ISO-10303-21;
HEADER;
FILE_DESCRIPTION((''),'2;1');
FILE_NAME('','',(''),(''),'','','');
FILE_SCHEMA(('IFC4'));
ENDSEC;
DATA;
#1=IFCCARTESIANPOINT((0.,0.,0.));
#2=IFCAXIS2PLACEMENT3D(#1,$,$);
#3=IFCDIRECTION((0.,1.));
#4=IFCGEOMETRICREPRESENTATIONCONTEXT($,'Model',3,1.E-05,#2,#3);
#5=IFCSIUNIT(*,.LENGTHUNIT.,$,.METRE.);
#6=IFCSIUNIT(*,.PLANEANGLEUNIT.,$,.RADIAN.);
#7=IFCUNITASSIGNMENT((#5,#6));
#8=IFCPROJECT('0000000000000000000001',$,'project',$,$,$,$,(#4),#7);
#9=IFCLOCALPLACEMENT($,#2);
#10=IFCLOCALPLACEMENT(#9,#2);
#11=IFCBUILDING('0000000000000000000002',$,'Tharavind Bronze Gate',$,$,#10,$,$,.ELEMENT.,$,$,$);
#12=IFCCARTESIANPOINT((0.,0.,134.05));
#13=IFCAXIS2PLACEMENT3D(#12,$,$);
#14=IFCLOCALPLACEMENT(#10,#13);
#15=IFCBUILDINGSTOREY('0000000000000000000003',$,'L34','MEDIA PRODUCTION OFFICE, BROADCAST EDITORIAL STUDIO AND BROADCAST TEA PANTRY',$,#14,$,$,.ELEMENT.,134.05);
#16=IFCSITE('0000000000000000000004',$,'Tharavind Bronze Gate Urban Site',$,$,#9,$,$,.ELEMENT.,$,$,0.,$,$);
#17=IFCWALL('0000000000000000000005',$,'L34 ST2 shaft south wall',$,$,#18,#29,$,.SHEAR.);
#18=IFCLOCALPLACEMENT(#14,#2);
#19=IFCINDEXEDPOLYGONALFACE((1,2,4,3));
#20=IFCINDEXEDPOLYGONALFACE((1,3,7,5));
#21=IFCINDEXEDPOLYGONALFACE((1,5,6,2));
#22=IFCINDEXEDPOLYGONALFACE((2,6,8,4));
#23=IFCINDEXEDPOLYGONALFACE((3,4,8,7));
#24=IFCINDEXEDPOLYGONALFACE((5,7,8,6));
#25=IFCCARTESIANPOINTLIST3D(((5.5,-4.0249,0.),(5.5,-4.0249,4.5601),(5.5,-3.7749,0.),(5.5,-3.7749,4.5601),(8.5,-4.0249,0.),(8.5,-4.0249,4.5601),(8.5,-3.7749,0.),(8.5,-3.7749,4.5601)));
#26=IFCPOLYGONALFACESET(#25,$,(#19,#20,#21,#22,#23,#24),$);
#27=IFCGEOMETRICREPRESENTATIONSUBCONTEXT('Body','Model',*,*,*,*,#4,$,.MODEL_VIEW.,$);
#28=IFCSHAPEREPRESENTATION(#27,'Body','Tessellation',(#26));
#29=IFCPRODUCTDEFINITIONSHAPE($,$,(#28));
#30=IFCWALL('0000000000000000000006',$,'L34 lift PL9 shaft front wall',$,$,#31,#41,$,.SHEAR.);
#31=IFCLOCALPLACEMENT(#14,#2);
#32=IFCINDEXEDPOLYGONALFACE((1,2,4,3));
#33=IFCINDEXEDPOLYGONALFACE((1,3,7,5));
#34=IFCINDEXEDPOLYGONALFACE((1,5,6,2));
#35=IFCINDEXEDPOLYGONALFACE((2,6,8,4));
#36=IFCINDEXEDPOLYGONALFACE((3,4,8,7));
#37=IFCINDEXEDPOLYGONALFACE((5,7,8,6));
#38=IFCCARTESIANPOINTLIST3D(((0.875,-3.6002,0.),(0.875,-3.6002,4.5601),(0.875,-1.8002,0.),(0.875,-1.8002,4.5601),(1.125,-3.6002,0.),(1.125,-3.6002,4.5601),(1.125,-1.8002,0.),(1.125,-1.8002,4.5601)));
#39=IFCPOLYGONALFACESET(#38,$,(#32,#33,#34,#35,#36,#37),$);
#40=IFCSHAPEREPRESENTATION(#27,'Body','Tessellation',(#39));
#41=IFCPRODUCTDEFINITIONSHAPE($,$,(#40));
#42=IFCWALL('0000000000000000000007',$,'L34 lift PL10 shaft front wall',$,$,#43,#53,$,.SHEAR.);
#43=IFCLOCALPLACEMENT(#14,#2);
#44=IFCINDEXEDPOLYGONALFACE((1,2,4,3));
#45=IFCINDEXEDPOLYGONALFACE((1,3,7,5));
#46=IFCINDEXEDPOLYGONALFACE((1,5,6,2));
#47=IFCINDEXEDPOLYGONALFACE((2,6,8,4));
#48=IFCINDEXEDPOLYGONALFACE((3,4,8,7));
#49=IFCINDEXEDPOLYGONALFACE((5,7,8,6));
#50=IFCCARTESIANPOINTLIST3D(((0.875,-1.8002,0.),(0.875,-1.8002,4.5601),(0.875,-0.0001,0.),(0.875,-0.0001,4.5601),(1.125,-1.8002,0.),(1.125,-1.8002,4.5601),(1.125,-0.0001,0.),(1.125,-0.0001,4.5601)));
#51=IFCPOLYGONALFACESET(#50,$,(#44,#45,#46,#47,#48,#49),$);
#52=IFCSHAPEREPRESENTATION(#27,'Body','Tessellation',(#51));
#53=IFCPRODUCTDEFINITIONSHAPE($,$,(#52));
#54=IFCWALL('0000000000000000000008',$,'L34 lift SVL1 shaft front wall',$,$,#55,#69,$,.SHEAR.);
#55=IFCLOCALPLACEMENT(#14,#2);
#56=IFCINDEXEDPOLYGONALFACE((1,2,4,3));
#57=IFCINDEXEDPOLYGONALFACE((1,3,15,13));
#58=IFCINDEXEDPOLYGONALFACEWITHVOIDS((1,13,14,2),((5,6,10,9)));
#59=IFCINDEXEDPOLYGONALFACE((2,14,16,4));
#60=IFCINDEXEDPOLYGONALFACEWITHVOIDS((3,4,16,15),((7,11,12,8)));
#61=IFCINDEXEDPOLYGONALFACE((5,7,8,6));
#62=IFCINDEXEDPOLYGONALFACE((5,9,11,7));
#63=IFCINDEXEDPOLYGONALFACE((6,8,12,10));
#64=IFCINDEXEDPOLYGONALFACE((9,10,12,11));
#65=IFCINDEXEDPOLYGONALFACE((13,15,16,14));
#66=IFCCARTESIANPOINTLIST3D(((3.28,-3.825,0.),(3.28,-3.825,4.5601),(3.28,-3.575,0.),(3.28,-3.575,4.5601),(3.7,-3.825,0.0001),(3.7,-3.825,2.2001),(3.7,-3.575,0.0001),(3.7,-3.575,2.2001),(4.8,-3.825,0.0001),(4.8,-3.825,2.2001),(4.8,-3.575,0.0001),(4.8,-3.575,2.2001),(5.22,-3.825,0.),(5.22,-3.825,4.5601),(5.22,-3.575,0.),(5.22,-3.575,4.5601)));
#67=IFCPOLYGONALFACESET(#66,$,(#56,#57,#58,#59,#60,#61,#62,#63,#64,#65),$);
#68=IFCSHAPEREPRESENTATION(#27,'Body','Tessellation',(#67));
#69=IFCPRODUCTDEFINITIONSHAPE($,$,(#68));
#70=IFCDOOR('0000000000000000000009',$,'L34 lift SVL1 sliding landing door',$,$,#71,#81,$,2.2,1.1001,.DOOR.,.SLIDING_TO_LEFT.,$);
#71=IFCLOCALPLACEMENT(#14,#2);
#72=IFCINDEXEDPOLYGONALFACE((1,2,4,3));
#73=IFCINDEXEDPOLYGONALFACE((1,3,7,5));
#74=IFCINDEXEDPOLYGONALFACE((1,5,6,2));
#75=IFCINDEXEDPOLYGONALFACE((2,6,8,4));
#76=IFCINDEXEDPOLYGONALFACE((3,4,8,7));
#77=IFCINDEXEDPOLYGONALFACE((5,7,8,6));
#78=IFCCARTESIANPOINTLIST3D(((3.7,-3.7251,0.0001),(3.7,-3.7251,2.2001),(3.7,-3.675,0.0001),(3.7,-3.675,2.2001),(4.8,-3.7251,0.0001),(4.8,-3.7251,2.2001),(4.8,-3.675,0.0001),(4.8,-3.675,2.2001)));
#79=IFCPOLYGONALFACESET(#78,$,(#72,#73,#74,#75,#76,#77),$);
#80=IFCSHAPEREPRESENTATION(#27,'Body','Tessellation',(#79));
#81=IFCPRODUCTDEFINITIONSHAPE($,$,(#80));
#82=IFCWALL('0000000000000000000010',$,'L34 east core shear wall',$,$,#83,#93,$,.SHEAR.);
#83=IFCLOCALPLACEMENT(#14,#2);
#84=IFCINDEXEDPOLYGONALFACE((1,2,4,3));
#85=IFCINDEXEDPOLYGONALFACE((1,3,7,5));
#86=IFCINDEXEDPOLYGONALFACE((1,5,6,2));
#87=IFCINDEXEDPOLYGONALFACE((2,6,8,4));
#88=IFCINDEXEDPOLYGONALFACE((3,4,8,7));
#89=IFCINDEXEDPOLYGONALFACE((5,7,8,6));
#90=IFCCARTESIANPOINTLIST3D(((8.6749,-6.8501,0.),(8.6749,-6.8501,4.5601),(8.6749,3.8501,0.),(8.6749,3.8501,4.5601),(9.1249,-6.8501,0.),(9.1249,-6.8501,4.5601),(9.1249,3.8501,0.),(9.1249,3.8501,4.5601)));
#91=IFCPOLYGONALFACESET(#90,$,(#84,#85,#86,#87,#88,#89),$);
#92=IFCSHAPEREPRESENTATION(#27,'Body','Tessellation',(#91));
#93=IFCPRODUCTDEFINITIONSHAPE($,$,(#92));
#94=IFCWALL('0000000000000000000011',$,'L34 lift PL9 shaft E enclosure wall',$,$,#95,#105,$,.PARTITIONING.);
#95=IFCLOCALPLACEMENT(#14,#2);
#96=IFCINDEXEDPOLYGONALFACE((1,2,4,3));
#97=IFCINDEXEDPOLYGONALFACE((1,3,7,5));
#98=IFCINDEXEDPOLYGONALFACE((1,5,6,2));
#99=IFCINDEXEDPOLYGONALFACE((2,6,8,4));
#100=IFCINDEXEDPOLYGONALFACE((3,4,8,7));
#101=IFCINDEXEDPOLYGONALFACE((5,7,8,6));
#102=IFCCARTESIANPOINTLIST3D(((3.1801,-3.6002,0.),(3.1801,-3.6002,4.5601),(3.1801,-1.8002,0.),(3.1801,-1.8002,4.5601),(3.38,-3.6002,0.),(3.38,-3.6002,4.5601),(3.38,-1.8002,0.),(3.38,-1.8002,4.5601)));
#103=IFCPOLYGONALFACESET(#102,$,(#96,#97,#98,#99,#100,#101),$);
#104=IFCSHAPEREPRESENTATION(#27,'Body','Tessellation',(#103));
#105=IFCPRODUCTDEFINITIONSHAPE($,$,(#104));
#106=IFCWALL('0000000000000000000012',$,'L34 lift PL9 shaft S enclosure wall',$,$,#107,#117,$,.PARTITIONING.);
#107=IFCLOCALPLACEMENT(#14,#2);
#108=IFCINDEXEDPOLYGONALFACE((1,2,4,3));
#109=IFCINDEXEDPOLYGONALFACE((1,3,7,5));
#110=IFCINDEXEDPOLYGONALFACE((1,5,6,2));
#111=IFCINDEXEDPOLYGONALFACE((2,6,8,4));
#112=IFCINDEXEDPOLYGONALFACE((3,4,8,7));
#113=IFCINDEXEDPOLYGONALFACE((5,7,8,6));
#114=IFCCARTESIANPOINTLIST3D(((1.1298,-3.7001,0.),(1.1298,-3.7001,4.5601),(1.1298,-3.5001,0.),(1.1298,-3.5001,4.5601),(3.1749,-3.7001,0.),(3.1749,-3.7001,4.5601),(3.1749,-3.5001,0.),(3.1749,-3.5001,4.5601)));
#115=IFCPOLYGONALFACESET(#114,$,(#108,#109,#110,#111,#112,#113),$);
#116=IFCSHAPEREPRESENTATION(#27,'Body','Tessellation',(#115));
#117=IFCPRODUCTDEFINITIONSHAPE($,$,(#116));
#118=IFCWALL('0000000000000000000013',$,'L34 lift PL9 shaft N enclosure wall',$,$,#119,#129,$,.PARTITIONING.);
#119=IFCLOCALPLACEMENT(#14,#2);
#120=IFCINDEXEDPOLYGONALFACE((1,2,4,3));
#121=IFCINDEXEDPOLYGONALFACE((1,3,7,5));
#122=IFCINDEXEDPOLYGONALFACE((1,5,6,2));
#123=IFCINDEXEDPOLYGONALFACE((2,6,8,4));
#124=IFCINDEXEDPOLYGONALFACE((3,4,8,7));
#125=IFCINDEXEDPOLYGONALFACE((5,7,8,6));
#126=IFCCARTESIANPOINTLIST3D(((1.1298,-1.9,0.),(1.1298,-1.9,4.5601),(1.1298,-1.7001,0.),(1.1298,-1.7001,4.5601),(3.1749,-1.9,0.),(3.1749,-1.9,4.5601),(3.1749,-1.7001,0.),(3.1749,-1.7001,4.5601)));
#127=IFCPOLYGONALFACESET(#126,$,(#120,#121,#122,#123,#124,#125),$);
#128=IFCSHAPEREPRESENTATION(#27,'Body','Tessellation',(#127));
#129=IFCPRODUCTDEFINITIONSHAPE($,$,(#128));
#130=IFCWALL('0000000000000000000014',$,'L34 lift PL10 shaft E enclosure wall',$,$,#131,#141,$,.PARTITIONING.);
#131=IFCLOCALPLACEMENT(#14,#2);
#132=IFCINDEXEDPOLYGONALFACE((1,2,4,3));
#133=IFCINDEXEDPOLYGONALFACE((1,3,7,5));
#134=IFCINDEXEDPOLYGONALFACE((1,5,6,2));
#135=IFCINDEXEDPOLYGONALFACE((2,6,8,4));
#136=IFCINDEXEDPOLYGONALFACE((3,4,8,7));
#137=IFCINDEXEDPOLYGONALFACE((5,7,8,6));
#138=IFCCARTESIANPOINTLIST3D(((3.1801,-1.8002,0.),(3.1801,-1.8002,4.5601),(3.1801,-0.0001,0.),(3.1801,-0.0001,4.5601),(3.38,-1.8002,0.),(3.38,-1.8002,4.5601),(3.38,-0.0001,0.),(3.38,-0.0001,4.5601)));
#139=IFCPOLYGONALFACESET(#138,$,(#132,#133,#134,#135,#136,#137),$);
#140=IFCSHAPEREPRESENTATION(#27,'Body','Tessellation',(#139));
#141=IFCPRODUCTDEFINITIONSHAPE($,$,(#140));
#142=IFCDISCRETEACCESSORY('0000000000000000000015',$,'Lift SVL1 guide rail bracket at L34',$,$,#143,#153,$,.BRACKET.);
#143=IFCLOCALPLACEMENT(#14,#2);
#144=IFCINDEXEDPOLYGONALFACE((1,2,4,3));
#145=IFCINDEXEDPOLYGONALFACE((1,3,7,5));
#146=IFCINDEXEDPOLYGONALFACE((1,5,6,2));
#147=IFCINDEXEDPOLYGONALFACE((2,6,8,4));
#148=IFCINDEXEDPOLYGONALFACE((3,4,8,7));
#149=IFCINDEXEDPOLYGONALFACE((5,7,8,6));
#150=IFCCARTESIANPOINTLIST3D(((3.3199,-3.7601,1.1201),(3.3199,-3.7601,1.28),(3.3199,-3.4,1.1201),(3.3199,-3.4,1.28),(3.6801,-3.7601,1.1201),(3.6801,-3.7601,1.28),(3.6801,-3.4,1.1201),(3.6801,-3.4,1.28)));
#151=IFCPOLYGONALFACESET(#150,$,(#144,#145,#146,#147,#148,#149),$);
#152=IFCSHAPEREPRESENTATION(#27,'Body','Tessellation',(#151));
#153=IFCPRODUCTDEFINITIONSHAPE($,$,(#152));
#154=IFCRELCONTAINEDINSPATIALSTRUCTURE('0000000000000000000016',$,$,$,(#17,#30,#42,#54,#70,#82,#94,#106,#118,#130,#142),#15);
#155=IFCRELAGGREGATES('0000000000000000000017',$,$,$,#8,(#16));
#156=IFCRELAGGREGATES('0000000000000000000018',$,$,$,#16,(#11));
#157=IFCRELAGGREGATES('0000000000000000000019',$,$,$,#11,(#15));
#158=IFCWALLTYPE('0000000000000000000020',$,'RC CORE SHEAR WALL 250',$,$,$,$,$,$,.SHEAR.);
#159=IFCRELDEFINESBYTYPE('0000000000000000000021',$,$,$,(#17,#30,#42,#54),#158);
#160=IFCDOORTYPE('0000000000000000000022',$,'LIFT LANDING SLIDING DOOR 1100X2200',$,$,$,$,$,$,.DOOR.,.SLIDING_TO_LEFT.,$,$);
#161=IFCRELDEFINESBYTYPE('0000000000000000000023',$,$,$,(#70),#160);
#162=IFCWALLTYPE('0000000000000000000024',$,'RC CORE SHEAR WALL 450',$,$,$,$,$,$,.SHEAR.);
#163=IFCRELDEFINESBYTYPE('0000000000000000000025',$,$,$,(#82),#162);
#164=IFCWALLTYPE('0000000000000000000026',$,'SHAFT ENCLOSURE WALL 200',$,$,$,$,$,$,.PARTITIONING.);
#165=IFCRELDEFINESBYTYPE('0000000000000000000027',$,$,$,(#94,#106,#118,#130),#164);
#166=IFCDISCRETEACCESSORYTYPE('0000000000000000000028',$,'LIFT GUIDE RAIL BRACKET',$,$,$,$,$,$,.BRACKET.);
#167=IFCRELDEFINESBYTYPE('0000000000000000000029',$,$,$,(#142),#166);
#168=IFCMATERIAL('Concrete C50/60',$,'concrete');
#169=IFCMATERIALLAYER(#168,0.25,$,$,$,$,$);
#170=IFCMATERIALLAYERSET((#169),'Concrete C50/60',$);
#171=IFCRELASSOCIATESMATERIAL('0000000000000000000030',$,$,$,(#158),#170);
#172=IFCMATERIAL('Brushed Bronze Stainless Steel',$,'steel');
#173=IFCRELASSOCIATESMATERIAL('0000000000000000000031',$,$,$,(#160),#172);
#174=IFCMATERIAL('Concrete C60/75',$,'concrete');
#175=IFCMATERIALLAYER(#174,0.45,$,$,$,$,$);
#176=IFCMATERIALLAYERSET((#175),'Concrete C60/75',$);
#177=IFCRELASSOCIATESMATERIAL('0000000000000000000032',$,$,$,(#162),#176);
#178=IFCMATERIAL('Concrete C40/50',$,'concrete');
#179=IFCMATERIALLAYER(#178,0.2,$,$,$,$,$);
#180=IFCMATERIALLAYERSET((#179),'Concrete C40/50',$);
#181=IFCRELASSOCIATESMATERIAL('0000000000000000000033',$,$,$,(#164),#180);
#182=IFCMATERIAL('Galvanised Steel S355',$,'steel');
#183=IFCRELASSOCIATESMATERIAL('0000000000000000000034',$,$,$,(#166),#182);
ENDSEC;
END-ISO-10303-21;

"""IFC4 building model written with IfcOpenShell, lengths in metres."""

from ifc_helpers import new_model, si_unit, direction, frame, frame_2d, origin, origin_2d, place, context, subcontext, project, spatial, rectangle, extrude, material, layer, layer_set, type_object, element, fill, save


model = new_model("IFC4")

# Units and contexts
model_context = context("Model", 3, precision=1e-05, world=origin(), true_north=direction((0.0, 1.0)))
body_context = subcontext(model_context, "Body", "Model", "MODEL_VIEW")
ifc_project = project(units=[si_unit("LENGTHUNIT", "METRE"), si_unit("PLANEANGLEUNIT", "RADIAN")], contexts=[model_context])

# Site, building, storey
site_placement = place(None, origin())
site = spatial("IfcSite", under=ifc_project, at=site_placement, Name="Tharavind Bronze Gate Urban Site", CompositionType="ELEMENT", RefElevation=0.0)
building_placement = place(site_placement, origin())
building = spatial("IfcBuilding", under=site, at=building_placement, Name="Tharavind Bronze Gate", CompositionType="ELEMENT")
storey_placement = place(building_placement, frame((0.0, 0.0, 134.05)))
storey = spatial("IfcBuildingStorey", under=building, at=storey_placement, Name="L34", Description="MEDIA PRODUCTION OFFICE, BROADCAST EDITORIAL STUDIO AND BROADCAST TEA PANTRY", CompositionType="ELEMENT", Elevation=134.05)

# Shared definitions
ifc_material_1 = material(Name="Concrete C60/75", Category="concrete")

# Walls
ifc_material_2 = material(Name="Concrete C50/60", Category="concrete")
ifc_layer_1 = layer(ifc_material_2, 0.25)
ifc_layer_set_1 = layer_set([ifc_layer_1], Name="Concrete C50/60")
wall_type_1 = type_object("IfcWallType", Name="RC CORE SHEAR WALL 250", PredefinedType="SHEAR", material=ifc_layer_set_1)
wall_1_placement = place(storey_placement, frame((5.5, -3.8999, 0.0), z_axis=(0.0, 0.0, 1.0), x_axis=(1.0, 0.0, 0.0)))
element("IfcWall", 1, at=wall_1_placement, inside=storey, type_object=wall_type_1, Name="L34 ST2 shaft south wall", PredefinedType="SHEAR", context=body_context, shape_type="SweptSolid", body=[
    extrude(rectangle(XDim=3.0, YDim=0.25, at=frame_2d((1.5, 0.0))), origin(), (0.0, 0.0, 1.0), 4.5601),
])
for number, where, z_axis, x_axis, name in (
    (2, (1.0, -3.6001, 0.0), (0.0, 0.0, 1.0), (0.0, 1.0, 0.0), "L34 lift PL9 shaft front wall"),
    (3, (1.0, -1.8, 0.0), (0.0, 0.0, 1.0), (0.0, 1.0, 0.0), "L34 lift PL10 shaft front wall"),
):
    element("IfcWall", number, at=place(storey_placement, frame(where, z_axis=z_axis, x_axis=x_axis)), inside=storey, type_object=wall_type_1, Name=name, PredefinedType="SHEAR", context=body_context, shape_type="SweptSolid", body=[
        extrude(rectangle(XDim=1.8, YDim=0.25, at=frame_2d((0.8999, 0.0))), origin(), (0.0, 0.0, 1.0), 4.5601),
    ])

# Wall, opening, door
wall_2_placement = place(storey_placement, frame((3.28, -3.7, 0.0), z_axis=(0.0, 0.0, 1.0), x_axis=(1.0, 0.0, 0.0)))
wall_2 = element("IfcWall", 4, at=wall_2_placement, inside=storey, type_object=wall_type_1, Name="L34 lift SVL1 shaft front wall", PredefinedType="SHEAR", context=body_context, shape_type="SweptSolid", body=[
    extrude(rectangle(XDim=1.9399, YDim=0.25, at=frame_2d((0.97, 0.0))), origin(), (0.0, 0.0, 1.0), 4.5601),
])
opening_1_placement = place(wall_2_placement, frame((0.4199, 0.0, 0.0)))
opening_1 = element("IfcOpeningElement", 5, at=opening_1_placement, cuts=wall_2, PredefinedType="OPENING", context=body_context, shape_type="SweptSolid", body=[
    extrude(rectangle(XDim=1.1001, YDim=2.2, at=frame_2d((0.55, 1.1001))), frame((0.0, 0.135, 0.0), z_axis=(0.0, -1.0, 0.0), x_axis=(1.0, 0.0, 0.0)), (0.0, 0.0, 1.0), 0.27),
])
ifc_material_3 = material(Name="Brushed Bronze Stainless Steel", Category="steel")
door_type_1 = type_object("IfcDoorType", Name="LIFT LANDING SLIDING DOOR 1100X2200", OperationType="SLIDING_TO_LEFT", PredefinedType="DOOR", material=ifc_material_3)
door_1_placement = place(opening_1_placement, origin())
door_1 = element("IfcDoor", 6, at=door_1_placement, inside=storey, type_object=door_type_1, Name="L34 lift SVL1 sliding landing door", OperationType="SLIDING_TO_LEFT", OverallHeight=2.2, OverallWidth=1.1001, PredefinedType="DOOR", context=body_context, shape_type="SweptSolid", body=[
    extrude(rectangle(XDim=1.1001, YDim=2.2, at=frame_2d((0.55, 1.1001))), frame((0.0, 0.0249, 0.0), z_axis=(0.0, -1.0, 0.0), x_axis=(1.0, 0.0, 0.0)), (0.0, 0.0, 1.0), 0.05),
])
fill(opening_1, door_1)

# Walls
ifc_layer_2 = layer(ifc_material_1, 0.45)
ifc_layer_set_2 = layer_set([ifc_layer_2], Name="Concrete C60/75")
wall_type_2 = type_object("IfcWallType", Name="RC CORE SHEAR WALL 450", PredefinedType="SHEAR", material=ifc_layer_set_2)
wall_3_placement = place(storey_placement, frame((8.8999, -6.8501, 0.0), z_axis=(0.0, 0.0, 1.0), x_axis=(0.0, 1.0, 0.0)))
element("IfcWall", 7, at=wall_3_placement, inside=storey, type_object=wall_type_2, Name="L34 east core shear wall", PredefinedType="SHEAR", context=body_context, shape_type="SweptSolid", body=[
    extrude(rectangle(XDim=10.7002, YDim=0.45, at=frame_2d((5.3501, 0.0))), origin(), (0.0, 0.0, 1.0), 4.5601),
])
ifc_material_4 = material(Name="Concrete C40/50", Category="concrete")
ifc_layer_3 = layer(ifc_material_4, 0.2)
ifc_layer_set_3 = layer_set([ifc_layer_3], Name="Concrete C40/50")
wall_type_3 = type_object("IfcWallType", Name="SHAFT ENCLOSURE WALL 200", PredefinedType="PARTITIONING", material=ifc_layer_set_3)
wall_4_placement = place(storey_placement, frame((3.28, -3.6001, 0.0), z_axis=(0.0, 0.0, 1.0), x_axis=(0.0, 1.0, 0.0)))
element("IfcWall", 8, at=wall_4_placement, inside=storey, type_object=wall_type_3, Name="L34 lift PL9 shaft E enclosure wall", PredefinedType="PARTITIONING", context=body_context, shape_type="SweptSolid", body=[
    extrude(rectangle(XDim=1.8, YDim=0.2, at=frame_2d((0.8999, 0.0))), origin(), (0.0, 0.0, 1.0), 4.5601),
])
for number, where, z_axis, x_axis, name in (
    (9, (1.1299, -3.6001, 0.0), (0.0, 0.0, 1.0), (1.0, 0.0, 0.0), "L34 lift PL9 shaft S enclosure wall"),
    (10, (1.1299, -1.8, 0.0), (0.0, 0.0, 1.0), (1.0, 0.0, 0.0), "L34 lift PL9 shaft N enclosure wall"),
):
    element("IfcWall", number, at=place(storey_placement, frame(where, z_axis=z_axis, x_axis=x_axis)), inside=storey, type_object=wall_type_3, Name=name, PredefinedType="PARTITIONING", context=body_context, shape_type="SweptSolid", body=[
        extrude(rectangle(XDim=2.0452, YDim=0.2, at=frame_2d((1.0225, 0.0))), origin(), (0.0, 0.0, 1.0), 4.5601),
    ])
wall_5_placement = place(storey_placement, frame((3.28, -1.8, 0.0), z_axis=(0.0, 0.0, 1.0), x_axis=(0.0, 1.0, 0.0)))
element("IfcWall", 11, at=wall_5_placement, inside=storey, type_object=wall_type_3, Name="L34 lift PL10 shaft E enclosure wall", PredefinedType="PARTITIONING", context=body_context, shape_type="SweptSolid", body=[
    extrude(rectangle(XDim=1.8, YDim=0.2, at=frame_2d((0.8999, 0.0))), origin(), (0.0, 0.0, 1.0), 4.5601),
])

# Discrete accessory
ifc_material_5 = material(Name="Galvanised Steel S355", Category="steel")
discrete_accessory_type = type_object("IfcDiscreteAccessoryType", Name="LIFT GUIDE RAIL BRACKET", PredefinedType="BRACKET", material=ifc_material_5)
discrete_accessory_placement = place(storey_placement, frame((3.5, -3.5801, 1.1201), z_axis=(0.0, 0.0, 1.0), x_axis=(1.0, 0.0, 0.0)))
element("IfcDiscreteAccessory", 12, at=discrete_accessory_placement, inside=storey, type_object=discrete_accessory_type, Name="Lift SVL1 guide rail bracket at L34", PredefinedType="BRACKET", context=body_context, shape_type="SweptSolid", body=[
    extrude(rectangle(XDim=0.3601, YDim=0.3601, at=origin_2d()), origin(), (0.0, 0.0, 1.0), 0.1599),
])

save(model, "model.ifc")
